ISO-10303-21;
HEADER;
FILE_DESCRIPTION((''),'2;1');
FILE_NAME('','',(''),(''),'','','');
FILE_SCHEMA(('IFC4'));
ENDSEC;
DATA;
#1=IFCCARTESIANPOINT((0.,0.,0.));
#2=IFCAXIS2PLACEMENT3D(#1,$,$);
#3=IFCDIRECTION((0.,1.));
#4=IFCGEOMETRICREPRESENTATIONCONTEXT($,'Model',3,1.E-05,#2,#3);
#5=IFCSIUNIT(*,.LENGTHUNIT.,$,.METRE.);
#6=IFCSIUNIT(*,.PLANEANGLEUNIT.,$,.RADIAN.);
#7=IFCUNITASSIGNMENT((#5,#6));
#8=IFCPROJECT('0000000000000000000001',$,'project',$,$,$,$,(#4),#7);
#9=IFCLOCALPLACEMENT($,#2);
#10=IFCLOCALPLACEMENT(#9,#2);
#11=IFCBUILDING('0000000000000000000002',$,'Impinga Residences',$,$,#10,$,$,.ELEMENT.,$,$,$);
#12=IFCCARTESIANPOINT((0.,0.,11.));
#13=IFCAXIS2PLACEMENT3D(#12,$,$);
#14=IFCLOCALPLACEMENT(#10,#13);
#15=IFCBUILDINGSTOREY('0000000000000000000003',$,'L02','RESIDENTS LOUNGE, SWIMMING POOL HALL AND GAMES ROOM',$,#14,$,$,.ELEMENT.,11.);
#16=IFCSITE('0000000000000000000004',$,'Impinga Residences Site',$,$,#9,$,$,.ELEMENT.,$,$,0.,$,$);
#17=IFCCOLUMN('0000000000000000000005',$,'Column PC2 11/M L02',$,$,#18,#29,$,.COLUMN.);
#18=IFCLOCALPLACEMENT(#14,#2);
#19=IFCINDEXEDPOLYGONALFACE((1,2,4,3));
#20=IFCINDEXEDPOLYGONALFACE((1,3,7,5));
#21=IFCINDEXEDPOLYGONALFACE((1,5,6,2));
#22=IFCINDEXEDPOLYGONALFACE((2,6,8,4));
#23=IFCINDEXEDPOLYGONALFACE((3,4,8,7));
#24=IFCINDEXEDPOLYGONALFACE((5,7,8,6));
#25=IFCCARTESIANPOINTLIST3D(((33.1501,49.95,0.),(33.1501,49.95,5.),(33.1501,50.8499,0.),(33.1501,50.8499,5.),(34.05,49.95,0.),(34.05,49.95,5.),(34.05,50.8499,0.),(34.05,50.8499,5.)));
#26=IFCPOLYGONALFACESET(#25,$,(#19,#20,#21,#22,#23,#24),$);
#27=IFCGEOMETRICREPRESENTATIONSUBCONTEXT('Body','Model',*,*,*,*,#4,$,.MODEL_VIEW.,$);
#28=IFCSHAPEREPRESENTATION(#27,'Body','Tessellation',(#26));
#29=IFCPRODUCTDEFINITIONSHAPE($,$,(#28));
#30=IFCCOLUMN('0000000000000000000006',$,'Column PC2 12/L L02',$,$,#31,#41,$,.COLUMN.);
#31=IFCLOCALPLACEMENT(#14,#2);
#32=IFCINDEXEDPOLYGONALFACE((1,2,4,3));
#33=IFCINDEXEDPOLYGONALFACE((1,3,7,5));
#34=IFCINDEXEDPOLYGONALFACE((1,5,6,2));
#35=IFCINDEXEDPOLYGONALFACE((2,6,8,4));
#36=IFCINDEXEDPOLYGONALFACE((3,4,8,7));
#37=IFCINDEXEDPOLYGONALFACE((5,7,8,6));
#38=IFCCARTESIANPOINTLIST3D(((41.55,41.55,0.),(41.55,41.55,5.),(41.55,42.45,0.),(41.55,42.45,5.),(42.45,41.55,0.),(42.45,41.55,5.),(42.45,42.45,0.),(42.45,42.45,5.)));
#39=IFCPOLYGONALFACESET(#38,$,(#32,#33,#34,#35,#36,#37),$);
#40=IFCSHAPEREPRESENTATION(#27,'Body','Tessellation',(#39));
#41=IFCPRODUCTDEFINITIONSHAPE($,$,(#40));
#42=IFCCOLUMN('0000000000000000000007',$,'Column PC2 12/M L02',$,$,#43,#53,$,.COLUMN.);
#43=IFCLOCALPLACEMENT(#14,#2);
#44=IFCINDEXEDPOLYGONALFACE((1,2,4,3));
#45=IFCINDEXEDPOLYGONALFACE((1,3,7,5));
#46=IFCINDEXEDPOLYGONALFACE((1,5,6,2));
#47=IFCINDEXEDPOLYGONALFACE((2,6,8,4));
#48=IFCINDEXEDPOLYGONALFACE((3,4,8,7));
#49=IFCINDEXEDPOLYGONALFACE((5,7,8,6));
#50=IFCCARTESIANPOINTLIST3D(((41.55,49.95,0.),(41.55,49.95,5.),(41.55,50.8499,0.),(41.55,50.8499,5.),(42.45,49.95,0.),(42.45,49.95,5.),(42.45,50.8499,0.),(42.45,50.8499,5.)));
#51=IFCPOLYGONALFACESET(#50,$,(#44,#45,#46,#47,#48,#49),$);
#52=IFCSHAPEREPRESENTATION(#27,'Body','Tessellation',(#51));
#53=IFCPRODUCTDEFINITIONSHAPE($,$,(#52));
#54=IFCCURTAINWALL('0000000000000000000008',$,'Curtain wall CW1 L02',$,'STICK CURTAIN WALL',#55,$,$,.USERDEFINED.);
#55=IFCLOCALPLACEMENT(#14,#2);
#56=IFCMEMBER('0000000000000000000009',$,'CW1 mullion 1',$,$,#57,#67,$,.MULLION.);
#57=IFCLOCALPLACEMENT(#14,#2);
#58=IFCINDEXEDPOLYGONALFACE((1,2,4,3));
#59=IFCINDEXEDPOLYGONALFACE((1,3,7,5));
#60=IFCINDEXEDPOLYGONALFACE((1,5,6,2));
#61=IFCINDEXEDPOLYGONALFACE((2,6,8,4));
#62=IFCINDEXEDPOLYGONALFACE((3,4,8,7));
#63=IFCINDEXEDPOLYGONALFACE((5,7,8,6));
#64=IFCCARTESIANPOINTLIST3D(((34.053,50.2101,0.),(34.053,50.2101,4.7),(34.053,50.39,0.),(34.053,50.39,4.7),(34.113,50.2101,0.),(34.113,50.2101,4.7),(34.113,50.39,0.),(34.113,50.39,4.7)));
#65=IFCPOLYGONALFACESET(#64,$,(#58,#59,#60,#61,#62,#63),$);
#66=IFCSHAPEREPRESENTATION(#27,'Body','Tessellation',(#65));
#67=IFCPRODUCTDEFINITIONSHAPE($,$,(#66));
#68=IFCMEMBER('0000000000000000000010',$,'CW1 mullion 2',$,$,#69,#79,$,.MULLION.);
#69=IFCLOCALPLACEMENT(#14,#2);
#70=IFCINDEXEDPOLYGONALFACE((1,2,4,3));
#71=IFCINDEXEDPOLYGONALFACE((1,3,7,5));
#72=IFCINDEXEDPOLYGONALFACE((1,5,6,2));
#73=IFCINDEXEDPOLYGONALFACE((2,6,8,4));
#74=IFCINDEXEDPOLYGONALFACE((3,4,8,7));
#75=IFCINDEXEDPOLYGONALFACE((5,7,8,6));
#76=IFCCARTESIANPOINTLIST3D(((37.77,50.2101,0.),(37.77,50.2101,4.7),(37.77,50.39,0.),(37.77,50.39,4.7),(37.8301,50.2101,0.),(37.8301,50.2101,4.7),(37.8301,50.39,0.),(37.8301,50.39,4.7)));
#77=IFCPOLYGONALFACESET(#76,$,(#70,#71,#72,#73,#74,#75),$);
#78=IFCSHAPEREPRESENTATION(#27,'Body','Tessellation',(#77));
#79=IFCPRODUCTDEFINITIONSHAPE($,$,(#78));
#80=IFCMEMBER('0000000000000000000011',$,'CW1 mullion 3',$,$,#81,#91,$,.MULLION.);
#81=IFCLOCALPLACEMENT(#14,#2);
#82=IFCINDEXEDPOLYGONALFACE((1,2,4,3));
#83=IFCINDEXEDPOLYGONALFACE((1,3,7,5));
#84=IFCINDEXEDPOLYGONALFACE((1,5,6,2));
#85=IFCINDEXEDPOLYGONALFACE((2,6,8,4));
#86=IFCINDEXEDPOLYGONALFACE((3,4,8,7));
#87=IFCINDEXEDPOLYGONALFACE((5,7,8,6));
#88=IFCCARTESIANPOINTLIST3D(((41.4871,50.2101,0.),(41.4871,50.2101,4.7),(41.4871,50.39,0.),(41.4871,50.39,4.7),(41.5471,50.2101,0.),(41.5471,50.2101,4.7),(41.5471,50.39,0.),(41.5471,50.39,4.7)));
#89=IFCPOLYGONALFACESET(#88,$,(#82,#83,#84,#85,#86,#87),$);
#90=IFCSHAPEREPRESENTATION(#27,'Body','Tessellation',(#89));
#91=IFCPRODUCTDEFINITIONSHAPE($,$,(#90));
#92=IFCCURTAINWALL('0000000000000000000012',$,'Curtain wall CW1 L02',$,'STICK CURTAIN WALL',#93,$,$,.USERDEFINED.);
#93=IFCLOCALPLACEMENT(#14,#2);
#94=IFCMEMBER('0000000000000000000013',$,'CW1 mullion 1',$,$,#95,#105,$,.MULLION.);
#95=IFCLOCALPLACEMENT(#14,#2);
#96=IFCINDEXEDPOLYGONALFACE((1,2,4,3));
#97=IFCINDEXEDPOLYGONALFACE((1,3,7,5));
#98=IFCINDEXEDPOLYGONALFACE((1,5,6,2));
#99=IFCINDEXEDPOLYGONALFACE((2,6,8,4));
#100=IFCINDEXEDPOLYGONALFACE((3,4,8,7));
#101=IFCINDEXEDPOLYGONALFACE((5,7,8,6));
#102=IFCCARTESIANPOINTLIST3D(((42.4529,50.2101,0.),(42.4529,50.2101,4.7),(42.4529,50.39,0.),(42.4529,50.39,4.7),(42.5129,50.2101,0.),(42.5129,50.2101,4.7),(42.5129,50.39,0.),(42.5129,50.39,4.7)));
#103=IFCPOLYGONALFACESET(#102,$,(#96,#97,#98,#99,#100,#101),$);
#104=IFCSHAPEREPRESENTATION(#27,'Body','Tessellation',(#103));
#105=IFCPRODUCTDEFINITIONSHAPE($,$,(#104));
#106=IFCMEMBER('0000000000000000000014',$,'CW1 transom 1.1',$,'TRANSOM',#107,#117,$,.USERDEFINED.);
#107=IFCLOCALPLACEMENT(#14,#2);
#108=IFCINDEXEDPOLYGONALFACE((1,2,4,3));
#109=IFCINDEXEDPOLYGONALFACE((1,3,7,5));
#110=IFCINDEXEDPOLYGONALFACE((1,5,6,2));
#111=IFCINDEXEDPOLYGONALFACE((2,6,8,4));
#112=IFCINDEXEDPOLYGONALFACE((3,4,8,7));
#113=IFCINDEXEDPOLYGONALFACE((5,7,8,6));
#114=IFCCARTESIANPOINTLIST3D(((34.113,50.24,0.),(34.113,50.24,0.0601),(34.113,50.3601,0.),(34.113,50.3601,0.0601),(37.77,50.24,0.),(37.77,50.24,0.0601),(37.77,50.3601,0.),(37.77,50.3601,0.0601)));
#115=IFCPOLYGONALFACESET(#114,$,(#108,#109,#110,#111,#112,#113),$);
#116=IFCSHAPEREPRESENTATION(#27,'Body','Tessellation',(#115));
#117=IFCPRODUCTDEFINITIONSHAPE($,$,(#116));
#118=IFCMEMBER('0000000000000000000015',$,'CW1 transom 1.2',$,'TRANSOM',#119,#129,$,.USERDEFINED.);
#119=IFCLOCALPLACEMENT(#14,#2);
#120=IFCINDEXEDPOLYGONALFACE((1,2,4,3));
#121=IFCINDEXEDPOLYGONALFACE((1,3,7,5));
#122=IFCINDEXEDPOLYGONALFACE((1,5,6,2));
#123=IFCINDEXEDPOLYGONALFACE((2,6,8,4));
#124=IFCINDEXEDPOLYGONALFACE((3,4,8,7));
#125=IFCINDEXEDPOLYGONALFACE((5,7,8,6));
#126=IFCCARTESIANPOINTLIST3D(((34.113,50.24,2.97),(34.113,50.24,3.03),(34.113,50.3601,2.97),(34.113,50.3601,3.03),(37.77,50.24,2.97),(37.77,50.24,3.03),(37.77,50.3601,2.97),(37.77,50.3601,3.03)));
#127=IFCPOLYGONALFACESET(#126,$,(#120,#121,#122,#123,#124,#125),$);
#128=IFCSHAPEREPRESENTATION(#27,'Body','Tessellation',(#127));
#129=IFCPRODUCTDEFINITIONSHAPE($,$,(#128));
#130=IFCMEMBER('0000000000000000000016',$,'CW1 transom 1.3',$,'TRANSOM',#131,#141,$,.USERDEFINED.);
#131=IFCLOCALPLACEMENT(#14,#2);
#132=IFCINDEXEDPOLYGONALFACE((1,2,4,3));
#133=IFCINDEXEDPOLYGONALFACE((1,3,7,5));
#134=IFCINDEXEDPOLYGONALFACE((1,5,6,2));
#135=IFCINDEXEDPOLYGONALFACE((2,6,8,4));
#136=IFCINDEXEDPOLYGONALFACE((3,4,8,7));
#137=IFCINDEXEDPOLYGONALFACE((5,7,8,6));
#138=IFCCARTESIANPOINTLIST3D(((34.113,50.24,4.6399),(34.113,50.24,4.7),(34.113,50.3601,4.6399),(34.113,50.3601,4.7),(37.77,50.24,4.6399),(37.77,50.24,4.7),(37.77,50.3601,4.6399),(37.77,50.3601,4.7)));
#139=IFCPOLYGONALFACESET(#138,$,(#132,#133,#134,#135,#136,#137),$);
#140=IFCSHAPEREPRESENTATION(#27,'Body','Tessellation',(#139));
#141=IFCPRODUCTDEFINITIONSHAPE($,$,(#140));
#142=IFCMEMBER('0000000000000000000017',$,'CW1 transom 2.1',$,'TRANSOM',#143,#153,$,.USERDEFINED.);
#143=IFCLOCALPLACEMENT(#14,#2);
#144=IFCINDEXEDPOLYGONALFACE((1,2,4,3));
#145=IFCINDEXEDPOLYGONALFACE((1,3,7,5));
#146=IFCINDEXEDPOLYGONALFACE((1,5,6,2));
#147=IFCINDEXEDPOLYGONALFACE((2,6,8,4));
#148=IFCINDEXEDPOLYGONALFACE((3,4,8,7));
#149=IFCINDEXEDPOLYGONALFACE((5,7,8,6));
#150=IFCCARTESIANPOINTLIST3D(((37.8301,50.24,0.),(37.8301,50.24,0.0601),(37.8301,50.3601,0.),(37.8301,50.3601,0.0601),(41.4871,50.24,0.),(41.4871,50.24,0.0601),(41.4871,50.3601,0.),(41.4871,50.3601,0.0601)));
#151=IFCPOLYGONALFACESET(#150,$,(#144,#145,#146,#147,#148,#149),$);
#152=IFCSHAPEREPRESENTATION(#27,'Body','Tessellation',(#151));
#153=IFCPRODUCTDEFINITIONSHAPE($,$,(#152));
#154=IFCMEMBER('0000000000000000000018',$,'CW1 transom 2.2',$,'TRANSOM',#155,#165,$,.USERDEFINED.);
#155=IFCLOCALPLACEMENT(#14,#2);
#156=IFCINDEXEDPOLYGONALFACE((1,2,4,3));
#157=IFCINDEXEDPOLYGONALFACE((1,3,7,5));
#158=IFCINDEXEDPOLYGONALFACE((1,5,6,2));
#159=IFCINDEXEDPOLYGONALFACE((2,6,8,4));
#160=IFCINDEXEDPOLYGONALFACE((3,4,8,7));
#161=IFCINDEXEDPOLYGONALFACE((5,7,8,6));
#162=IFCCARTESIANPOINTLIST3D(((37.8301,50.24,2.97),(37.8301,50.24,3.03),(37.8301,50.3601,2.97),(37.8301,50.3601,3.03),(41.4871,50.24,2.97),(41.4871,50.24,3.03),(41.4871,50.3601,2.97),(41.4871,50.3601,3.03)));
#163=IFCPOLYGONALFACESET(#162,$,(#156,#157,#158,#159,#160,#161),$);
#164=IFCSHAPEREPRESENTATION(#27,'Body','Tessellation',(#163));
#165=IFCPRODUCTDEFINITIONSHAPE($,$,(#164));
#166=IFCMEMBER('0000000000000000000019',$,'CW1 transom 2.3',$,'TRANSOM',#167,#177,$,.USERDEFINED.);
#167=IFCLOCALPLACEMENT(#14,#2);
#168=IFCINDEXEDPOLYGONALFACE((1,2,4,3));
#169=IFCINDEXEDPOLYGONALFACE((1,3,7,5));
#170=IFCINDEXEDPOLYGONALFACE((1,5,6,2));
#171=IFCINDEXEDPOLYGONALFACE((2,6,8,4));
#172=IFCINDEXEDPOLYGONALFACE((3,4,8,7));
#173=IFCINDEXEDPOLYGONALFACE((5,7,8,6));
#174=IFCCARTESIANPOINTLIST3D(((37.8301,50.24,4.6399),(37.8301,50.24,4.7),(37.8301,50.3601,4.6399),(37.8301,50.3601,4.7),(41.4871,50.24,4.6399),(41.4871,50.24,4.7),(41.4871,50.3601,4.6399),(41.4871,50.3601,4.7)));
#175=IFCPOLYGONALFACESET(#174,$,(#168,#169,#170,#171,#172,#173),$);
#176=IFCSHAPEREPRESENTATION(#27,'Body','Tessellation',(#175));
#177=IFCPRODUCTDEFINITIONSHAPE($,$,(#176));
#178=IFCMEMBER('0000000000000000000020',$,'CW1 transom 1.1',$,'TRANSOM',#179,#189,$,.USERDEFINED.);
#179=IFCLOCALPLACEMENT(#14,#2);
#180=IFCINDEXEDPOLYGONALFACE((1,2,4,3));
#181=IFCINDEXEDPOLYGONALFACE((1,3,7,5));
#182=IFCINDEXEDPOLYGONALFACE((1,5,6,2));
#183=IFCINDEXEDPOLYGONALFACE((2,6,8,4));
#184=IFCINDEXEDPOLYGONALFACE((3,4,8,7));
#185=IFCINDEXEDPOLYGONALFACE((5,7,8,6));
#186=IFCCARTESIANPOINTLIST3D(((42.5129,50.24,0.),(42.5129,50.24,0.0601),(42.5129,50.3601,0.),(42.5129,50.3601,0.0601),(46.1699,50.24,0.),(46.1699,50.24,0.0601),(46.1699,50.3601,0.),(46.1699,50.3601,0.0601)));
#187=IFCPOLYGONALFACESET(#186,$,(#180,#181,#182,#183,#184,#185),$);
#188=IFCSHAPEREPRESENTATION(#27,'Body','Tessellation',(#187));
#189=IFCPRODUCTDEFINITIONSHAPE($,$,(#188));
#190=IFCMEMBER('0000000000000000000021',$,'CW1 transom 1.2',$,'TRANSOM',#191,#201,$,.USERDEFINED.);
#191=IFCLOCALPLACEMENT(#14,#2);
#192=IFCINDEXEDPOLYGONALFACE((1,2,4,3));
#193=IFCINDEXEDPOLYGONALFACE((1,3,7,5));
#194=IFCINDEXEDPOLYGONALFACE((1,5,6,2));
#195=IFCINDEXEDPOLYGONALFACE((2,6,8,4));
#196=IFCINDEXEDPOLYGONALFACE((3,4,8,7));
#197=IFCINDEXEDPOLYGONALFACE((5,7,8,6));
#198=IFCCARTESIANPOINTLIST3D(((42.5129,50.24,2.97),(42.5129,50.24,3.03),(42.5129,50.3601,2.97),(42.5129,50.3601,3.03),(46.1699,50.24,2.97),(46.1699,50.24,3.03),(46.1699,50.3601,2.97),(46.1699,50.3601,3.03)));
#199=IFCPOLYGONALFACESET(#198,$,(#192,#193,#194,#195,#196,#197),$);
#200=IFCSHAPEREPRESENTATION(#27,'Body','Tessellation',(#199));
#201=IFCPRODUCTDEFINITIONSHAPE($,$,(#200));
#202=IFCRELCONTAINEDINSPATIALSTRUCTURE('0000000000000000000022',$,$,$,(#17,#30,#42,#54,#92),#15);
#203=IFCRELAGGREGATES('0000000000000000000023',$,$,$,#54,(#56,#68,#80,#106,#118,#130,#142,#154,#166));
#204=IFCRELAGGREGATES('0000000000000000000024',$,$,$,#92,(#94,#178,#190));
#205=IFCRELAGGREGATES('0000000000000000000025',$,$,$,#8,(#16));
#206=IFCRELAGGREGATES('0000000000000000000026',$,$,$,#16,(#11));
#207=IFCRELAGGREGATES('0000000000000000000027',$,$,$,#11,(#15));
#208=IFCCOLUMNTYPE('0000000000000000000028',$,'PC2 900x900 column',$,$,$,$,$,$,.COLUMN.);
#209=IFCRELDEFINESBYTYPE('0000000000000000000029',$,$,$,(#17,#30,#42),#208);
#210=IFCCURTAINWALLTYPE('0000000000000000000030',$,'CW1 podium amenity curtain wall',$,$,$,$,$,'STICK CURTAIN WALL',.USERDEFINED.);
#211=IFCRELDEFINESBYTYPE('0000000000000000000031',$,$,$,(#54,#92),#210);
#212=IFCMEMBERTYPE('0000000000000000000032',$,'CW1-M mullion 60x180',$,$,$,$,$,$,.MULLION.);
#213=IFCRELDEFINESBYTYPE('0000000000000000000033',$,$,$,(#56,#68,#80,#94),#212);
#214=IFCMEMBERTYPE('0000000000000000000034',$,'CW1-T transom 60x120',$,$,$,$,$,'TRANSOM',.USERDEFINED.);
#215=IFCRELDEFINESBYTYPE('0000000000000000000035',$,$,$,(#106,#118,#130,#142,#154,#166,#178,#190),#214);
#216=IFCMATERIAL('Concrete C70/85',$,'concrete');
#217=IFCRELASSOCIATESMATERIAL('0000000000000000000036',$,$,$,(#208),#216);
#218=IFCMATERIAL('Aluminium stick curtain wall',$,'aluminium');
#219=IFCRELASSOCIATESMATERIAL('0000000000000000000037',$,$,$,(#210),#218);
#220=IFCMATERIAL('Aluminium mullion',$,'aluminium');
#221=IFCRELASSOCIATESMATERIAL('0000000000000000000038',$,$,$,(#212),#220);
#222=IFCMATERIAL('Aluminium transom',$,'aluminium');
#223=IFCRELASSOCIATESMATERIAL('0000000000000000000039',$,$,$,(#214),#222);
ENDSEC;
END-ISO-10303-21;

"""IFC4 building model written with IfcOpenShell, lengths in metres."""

from ifc_helpers import new_model, si_unit, direction, frame, origin, origin_2d, place, context, subcontext, project, spatial, rectangle, extrude, material, material_profile, profile_set, type_object, element, aggregate, save


model = new_model("IFC4")

# Units and contexts
model_context = context("Model", 3, precision=1e-05, world=origin(), true_north=direction((0.0, 1.0)))
body_context = subcontext(model_context, "Body", "Model", "MODEL_VIEW")
ifc_project = project(units=[si_unit("LENGTHUNIT", "METRE"), si_unit("PLANEANGLEUNIT", "RADIAN")], contexts=[model_context])

# Site, building, storey
site_placement = place(None, origin())
site = spatial("IfcSite", under=ifc_project, at=site_placement, Name="Impinga Residences Site", CompositionType="ELEMENT", RefElevation=0.0)
building_placement = place(site_placement, origin())
building = spatial("IfcBuilding", under=site, at=building_placement, Name="Impinga Residences", CompositionType="ELEMENT")
storey_placement = place(building_placement, frame((0.0, 0.0, 11.0)))
storey = spatial("IfcBuildingStorey", under=building, at=storey_placement, Name="L02", Description="RESIDENTS LOUNGE, SWIMMING POOL HALL AND GAMES ROOM", CompositionType="ELEMENT", Elevation=11.0)

# Columns
ifc_material_1 = material(Name="Concrete C70/85", Category="concrete")
ifc_material_profile_1 = material_profile(ifc_material_1, rectangle(XDim=0.8999, YDim=0.8999, at=origin_2d()), Name="RC 900x900")
ifc_profile_set_1 = profile_set([ifc_material_profile_1], Name="Concrete C70/85")
column_type = type_object("IfcColumnType", Name="PC2 900x900 column", PredefinedType="COLUMN", material=ifc_profile_set_1)
for number, where, z_axis, x_axis, name in (
    (1, (33.6001, 50.3999, 0.0), (0.0, 0.0, 1.0), (1.0, 0.0, 0.0), "Column PC2 11/M L02"),
    (2, (42.0, 42.0, 0.0), (0.0, 0.0, 1.0), (1.0, 0.0, 0.0), "Column PC2 12/L L02"),
    (3, (42.0, 50.3999, 0.0), (0.0, 0.0, 1.0), (1.0, 0.0, 0.0), "Column PC2 12/M L02"),
):
    element("IfcColumn", number, at=place(storey_placement, frame(where, z_axis=z_axis, x_axis=x_axis)), inside=storey, type_object=column_type, Name=name, PredefinedType="COLUMN", context=body_context, shape_type="SweptSolid", body=[
        extrude(rectangle(XDim=0.8999, YDim=0.8999, at=origin_2d()), origin(), (0.0, 0.0, 1.0), 5.0),
    ])

# Curtain wall, members
ifc_material_2 = material(Name="Aluminium stick curtain wall", Category="aluminium")
curtain_wall_type = type_object("IfcCurtainWallType", Name="CW1 podium amenity curtain wall", ElementType="STICK CURTAIN WALL", PredefinedType="USERDEFINED", material=ifc_material_2)
curtain_wall_1_placement = place(storey_placement, origin())
curtain_wall_1 = element("IfcCurtainWall", 4, at=curtain_wall_1_placement, inside=storey, type_object=curtain_wall_type, Name="Curtain wall CW1 L02", ObjectType="STICK CURTAIN WALL", PredefinedType="USERDEFINED")
ifc_material_3 = material(Name="Aluminium mullion", Category="aluminium")
ifc_material_profile_2 = material_profile(ifc_material_3, rectangle(XDim=0.0601, YDim=0.1799, at=origin_2d()), Name="60x180 mullion")
ifc_profile_set_2 = profile_set([ifc_material_profile_2], Name="Aluminium mullion")
member_type_1 = type_object("IfcMemberType", Name="CW1-M mullion 60x180", PredefinedType="MULLION", material=ifc_profile_set_2)
member_1_placement = place(storey_placement, frame((34.083, 50.3, 0.0), z_axis=(0.0, 0.0, 1.0), x_axis=(1.0, 0.0, 0.0)))
member_1 = element("IfcMember", 5, at=member_1_placement, type_object=member_type_1, Name="CW1 mullion 1", PredefinedType="MULLION", context=body_context, shape_type="SweptSolid", body=[
    extrude(rectangle(XDim=0.0601, YDim=0.1799, at=origin_2d()), origin(), (0.0, 0.0, 1.0), 4.7),
])
member_2_placement = place(storey_placement, frame((37.8, 50.3, 0.0), z_axis=(0.0, 0.0, 1.0), x_axis=(1.0, 0.0, 0.0)))
member_2 = element("IfcMember", 6, at=member_2_placement, type_object=member_type_1, Name="CW1 mullion 2", PredefinedType="MULLION", context=body_context, shape_type="SweptSolid", body=[
    extrude(rectangle(XDim=0.0601, YDim=0.1799, at=origin_2d()), origin(), (0.0, 0.0, 1.0), 4.7),
])
member_3_placement = place(storey_placement, frame((41.5171, 50.3, 0.0), z_axis=(0.0, 0.0, 1.0), x_axis=(1.0, 0.0, 0.0)))
member_3 = element("IfcMember", 7, at=member_3_placement, type_object=member_type_1, Name="CW1 mullion 3", PredefinedType="MULLION", context=body_context, shape_type="SweptSolid", body=[
    extrude(rectangle(XDim=0.0601, YDim=0.1799, at=origin_2d()), origin(), (0.0, 0.0, 1.0), 4.7),
])

# Curtain wall, member
curtain_wall_2_placement = place(storey_placement, origin())
curtain_wall_2 = element("IfcCurtainWall", 8, at=curtain_wall_2_placement, inside=storey, type_object=curtain_wall_type, Name="Curtain wall CW1 L02", ObjectType="STICK CURTAIN WALL", PredefinedType="USERDEFINED")
member_4_placement = place(storey_placement, frame((42.4829, 50.3, 0.0), z_axis=(0.0, 0.0, 1.0), x_axis=(1.0, 0.0, 0.0)))
member_4 = element("IfcMember", 9, at=member_4_placement, type_object=member_type_1, Name="CW1 mullion 1", PredefinedType="MULLION", context=body_context, shape_type="SweptSolid", body=[
    extrude(rectangle(XDim=0.0601, YDim=0.1799, at=origin_2d()), origin(), (0.0, 0.0, 1.0), 4.7),
])

# Members
ifc_material_4 = material(Name="Aluminium transom", Category="aluminium")
ifc_material_profile_3 = material_profile(ifc_material_4, rectangle(XDim=0.0601, YDim=0.1201, at=origin_2d()), Name="60x120 transom")
ifc_profile_set_3 = profile_set([ifc_material_profile_3], Name="Aluminium transom")
member_type_2 = type_object("IfcMemberType", Name="CW1-T transom 60x120", ElementType="TRANSOM", PredefinedType="USERDEFINED", material=ifc_profile_set_3)
member_5_placement = place(storey_placement, frame((34.113, 50.3, 0.03), z_axis=(1.0, 0.0, 0.0), x_axis=(0.0, 0.0, 1.0)))
member_5 = element("IfcMember", 10, at=member_5_placement, type_object=member_type_2, Name="CW1 transom 1.1", ObjectType="TRANSOM", PredefinedType="USERDEFINED", context=body_context, shape_type="SweptSolid", body=[
    extrude(rectangle(XDim=0.0601, YDim=0.1201, at=origin_2d()), origin(), (0.0, 0.0, 1.0), 3.657),
])
member_6_placement = place(storey_placement, frame((34.113, 50.3, 3.0), z_axis=(1.0, 0.0, 0.0), x_axis=(0.0, 0.0, 1.0)))
member_6 = element("IfcMember", 11, at=member_6_placement, type_object=member_type_2, Name="CW1 transom 1.2", ObjectType="TRANSOM", PredefinedType="USERDEFINED", context=body_context, shape_type="SweptSolid", body=[
    extrude(rectangle(XDim=0.0601, YDim=0.1201, at=origin_2d()), origin(), (0.0, 0.0, 1.0), 3.657),
])
member_7_placement = place(storey_placement, frame((34.113, 50.3, 4.6699), z_axis=(1.0, 0.0, 0.0), x_axis=(0.0, 0.0, 1.0)))
member_7 = element("IfcMember", 12, at=member_7_placement, type_object=member_type_2, Name="CW1 transom 1.3", ObjectType="TRANSOM", PredefinedType="USERDEFINED", context=body_context, shape_type="SweptSolid", body=[
    extrude(rectangle(XDim=0.0601, YDim=0.1201, at=origin_2d()), origin(), (0.0, 0.0, 1.0), 3.657),
])
member_8_placement = place(storey_placement, frame((37.8301, 50.3, 0.03), z_axis=(1.0, 0.0, 0.0), x_axis=(0.0, 0.0, 1.0)))
member_8 = element("IfcMember", 13, at=member_8_placement, type_object=member_type_2, Name="CW1 transom 2.1", ObjectType="TRANSOM", PredefinedType="USERDEFINED", context=body_context, shape_type="SweptSolid", body=[
    extrude(rectangle(XDim=0.0601, YDim=0.1201, at=origin_2d()), origin(), (0.0, 0.0, 1.0), 3.657),
])
member_9_placement = place(storey_placement, frame((37.8301, 50.3, 3.0), z_axis=(1.0, 0.0, 0.0), x_axis=(0.0, 0.0, 1.0)))
member_9 = element("IfcMember", 14, at=member_9_placement, type_object=member_type_2, Name="CW1 transom 2.2", ObjectType="TRANSOM", PredefinedType="USERDEFINED", context=body_context, shape_type="SweptSolid", body=[
    extrude(rectangle(XDim=0.0601, YDim=0.1201, at=origin_2d()), origin(), (0.0, 0.0, 1.0), 3.657),
])
member_10_placement = place(storey_placement, frame((37.8301, 50.3, 4.6699), z_axis=(1.0, 0.0, 0.0), x_axis=(0.0, 0.0, 1.0)))
member_10 = element("IfcMember", 15, at=member_10_placement, type_object=member_type_2, Name="CW1 transom 2.3", ObjectType="TRANSOM", PredefinedType="USERDEFINED", context=body_context, shape_type="SweptSolid", body=[
    extrude(rectangle(XDim=0.0601, YDim=0.1201, at=origin_2d()), origin(), (0.0, 0.0, 1.0), 3.657),
])
member_11_placement = place(storey_placement, frame((42.5129, 50.3, 0.03), z_axis=(1.0, 0.0, 0.0), x_axis=(0.0, 0.0, 1.0)))
member_11 = element("IfcMember", 16, at=member_11_placement, type_object=member_type_2, Name="CW1 transom 1.1", ObjectType="TRANSOM", PredefinedType="USERDEFINED", context=body_context, shape_type="SweptSolid", body=[
    extrude(rectangle(XDim=0.0601, YDim=0.1201, at=origin_2d()), origin(), (0.0, 0.0, 1.0), 3.657),
])
member_12_placement = place(storey_placement, frame((42.5129, 50.3, 3.0), z_axis=(1.0, 0.0, 0.0), x_axis=(0.0, 0.0, 1.0)))
member_12 = element("IfcMember", 17, at=member_12_placement, type_object=member_type_2, Name="CW1 transom 1.2", ObjectType="TRANSOM", PredefinedType="USERDEFINED", context=body_context, shape_type="SweptSolid", body=[
    extrude(rectangle(XDim=0.0601, YDim=0.1201, at=origin_2d()), origin(), (0.0, 0.0, 1.0), 3.657),
])

aggregate(curtain_wall_1, [member_1, member_2, member_3, member_5, member_6, member_7, member_8, member_9, member_10])
aggregate(curtain_wall_2, [member_4, member_11, member_12])

save(model, "model.ifc")
